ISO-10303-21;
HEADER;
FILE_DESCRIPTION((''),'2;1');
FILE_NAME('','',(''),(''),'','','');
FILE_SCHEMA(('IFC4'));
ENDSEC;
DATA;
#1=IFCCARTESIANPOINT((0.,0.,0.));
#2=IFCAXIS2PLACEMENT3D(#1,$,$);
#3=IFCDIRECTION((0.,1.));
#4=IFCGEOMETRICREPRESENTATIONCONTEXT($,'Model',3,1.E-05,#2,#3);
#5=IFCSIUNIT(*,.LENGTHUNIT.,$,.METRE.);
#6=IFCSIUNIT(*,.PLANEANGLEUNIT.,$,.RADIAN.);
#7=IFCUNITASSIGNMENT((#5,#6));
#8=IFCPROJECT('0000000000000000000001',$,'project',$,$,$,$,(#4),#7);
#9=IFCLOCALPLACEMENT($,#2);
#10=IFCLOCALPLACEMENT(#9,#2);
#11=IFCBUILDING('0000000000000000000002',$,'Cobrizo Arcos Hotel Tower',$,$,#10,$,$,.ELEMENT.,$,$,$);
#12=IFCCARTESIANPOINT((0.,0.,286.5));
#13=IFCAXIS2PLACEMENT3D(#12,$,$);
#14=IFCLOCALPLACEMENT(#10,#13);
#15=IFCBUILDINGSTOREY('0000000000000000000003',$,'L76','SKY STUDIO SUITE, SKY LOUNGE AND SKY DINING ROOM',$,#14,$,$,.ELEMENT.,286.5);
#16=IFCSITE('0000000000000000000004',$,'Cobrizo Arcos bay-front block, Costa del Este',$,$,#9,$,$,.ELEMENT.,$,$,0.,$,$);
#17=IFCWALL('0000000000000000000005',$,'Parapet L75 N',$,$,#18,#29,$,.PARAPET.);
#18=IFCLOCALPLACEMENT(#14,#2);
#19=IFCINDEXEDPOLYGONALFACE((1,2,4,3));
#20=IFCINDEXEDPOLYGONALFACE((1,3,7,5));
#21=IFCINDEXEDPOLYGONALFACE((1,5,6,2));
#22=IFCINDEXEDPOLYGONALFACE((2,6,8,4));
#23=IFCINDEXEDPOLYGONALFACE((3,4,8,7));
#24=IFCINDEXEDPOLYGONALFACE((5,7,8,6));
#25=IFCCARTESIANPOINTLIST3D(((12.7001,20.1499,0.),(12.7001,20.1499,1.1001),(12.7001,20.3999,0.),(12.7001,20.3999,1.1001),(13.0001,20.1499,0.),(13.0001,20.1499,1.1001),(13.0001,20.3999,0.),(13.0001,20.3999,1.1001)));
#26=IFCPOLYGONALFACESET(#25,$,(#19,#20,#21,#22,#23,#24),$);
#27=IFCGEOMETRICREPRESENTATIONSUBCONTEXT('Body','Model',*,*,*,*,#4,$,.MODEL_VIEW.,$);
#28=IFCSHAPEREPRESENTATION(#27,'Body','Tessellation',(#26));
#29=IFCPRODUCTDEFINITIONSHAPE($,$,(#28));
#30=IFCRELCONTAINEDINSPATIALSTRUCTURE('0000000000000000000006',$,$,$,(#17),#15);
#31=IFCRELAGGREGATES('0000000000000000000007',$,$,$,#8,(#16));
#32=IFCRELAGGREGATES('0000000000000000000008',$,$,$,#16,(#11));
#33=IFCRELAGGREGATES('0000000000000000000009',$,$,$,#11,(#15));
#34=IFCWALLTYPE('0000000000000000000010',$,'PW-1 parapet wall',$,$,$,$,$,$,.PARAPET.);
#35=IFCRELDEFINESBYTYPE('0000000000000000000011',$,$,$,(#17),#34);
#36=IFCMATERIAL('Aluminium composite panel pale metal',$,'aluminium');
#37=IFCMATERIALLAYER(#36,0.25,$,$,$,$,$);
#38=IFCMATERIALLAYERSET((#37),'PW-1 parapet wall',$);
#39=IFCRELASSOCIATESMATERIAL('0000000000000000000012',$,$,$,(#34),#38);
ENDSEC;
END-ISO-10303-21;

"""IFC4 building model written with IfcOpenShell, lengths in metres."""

from ifc_helpers import new_model, si_unit, direction, frame, frame_2d, origin, place, context, subcontext, project, spatial, rectangle, extrude, material, layer, layer_set, type_object, element, save


model = new_model("IFC4")

# Units and contexts
model_context = context("Model", 3, precision=1e-05, world=origin(), true_north=direction((0.0, 1.0)))
body_context = subcontext(model_context, "Body", "Model", "MODEL_VIEW")
ifc_project = project(units=[si_unit("LENGTHUNIT", "METRE"), si_unit("PLANEANGLEUNIT", "RADIAN")], contexts=[model_context])

# Site, building, storey
site_placement = place(None, origin())
site = spatial("IfcSite", under=ifc_project, at=site_placement, Name="Cobrizo Arcos bay-front block, Costa del Este", CompositionType="ELEMENT", RefElevation=0.0)
building_placement = place(site_placement, origin())
building = spatial("IfcBuilding", under=site, at=building_placement, Name="Cobrizo Arcos Hotel Tower", CompositionType="ELEMENT")
storey_placement = place(building_placement, frame((0.0, 0.0, 286.5)))
storey = spatial("IfcBuildingStorey", under=building, at=storey_placement, Name="L76", Description="SKY STUDIO SUITE, SKY LOUNGE AND SKY DINING ROOM", CompositionType="ELEMENT", Elevation=286.5)

# Shared definitions
ifc_material_1 = material(Name="Aluminium composite panel pale metal", Category="aluminium")

# Wall
ifc_layer_1 = layer(ifc_material_1, 0.25)
ifc_layer_set_1 = layer_set([ifc_layer_1], Name="PW-1 parapet wall")
wall_type = type_object("IfcWallType", Name="PW-1 parapet wall", PredefinedType="PARAPET", material=ifc_layer_set_1)
wall_placement = place(storey_placement, frame((13.0, 20.2749, 0.0), z_axis=(0.0, 0.0, 1.0), x_axis=(-1.0, 0.0, 0.0)))
element("IfcWall", 1, at=wall_placement, inside=storey, type_object=wall_type, Name="Parapet L75 N", PredefinedType="PARAPET", context=body_context, shape_type="SweptSolid", body=[
    extrude(rectangle(XDim=0.3, YDim=0.25, at=frame_2d((0.1499, 0.0))), origin(), (0.0, 0.0, 1.0), 1.1001),
])

save(model, "model.ifc")
